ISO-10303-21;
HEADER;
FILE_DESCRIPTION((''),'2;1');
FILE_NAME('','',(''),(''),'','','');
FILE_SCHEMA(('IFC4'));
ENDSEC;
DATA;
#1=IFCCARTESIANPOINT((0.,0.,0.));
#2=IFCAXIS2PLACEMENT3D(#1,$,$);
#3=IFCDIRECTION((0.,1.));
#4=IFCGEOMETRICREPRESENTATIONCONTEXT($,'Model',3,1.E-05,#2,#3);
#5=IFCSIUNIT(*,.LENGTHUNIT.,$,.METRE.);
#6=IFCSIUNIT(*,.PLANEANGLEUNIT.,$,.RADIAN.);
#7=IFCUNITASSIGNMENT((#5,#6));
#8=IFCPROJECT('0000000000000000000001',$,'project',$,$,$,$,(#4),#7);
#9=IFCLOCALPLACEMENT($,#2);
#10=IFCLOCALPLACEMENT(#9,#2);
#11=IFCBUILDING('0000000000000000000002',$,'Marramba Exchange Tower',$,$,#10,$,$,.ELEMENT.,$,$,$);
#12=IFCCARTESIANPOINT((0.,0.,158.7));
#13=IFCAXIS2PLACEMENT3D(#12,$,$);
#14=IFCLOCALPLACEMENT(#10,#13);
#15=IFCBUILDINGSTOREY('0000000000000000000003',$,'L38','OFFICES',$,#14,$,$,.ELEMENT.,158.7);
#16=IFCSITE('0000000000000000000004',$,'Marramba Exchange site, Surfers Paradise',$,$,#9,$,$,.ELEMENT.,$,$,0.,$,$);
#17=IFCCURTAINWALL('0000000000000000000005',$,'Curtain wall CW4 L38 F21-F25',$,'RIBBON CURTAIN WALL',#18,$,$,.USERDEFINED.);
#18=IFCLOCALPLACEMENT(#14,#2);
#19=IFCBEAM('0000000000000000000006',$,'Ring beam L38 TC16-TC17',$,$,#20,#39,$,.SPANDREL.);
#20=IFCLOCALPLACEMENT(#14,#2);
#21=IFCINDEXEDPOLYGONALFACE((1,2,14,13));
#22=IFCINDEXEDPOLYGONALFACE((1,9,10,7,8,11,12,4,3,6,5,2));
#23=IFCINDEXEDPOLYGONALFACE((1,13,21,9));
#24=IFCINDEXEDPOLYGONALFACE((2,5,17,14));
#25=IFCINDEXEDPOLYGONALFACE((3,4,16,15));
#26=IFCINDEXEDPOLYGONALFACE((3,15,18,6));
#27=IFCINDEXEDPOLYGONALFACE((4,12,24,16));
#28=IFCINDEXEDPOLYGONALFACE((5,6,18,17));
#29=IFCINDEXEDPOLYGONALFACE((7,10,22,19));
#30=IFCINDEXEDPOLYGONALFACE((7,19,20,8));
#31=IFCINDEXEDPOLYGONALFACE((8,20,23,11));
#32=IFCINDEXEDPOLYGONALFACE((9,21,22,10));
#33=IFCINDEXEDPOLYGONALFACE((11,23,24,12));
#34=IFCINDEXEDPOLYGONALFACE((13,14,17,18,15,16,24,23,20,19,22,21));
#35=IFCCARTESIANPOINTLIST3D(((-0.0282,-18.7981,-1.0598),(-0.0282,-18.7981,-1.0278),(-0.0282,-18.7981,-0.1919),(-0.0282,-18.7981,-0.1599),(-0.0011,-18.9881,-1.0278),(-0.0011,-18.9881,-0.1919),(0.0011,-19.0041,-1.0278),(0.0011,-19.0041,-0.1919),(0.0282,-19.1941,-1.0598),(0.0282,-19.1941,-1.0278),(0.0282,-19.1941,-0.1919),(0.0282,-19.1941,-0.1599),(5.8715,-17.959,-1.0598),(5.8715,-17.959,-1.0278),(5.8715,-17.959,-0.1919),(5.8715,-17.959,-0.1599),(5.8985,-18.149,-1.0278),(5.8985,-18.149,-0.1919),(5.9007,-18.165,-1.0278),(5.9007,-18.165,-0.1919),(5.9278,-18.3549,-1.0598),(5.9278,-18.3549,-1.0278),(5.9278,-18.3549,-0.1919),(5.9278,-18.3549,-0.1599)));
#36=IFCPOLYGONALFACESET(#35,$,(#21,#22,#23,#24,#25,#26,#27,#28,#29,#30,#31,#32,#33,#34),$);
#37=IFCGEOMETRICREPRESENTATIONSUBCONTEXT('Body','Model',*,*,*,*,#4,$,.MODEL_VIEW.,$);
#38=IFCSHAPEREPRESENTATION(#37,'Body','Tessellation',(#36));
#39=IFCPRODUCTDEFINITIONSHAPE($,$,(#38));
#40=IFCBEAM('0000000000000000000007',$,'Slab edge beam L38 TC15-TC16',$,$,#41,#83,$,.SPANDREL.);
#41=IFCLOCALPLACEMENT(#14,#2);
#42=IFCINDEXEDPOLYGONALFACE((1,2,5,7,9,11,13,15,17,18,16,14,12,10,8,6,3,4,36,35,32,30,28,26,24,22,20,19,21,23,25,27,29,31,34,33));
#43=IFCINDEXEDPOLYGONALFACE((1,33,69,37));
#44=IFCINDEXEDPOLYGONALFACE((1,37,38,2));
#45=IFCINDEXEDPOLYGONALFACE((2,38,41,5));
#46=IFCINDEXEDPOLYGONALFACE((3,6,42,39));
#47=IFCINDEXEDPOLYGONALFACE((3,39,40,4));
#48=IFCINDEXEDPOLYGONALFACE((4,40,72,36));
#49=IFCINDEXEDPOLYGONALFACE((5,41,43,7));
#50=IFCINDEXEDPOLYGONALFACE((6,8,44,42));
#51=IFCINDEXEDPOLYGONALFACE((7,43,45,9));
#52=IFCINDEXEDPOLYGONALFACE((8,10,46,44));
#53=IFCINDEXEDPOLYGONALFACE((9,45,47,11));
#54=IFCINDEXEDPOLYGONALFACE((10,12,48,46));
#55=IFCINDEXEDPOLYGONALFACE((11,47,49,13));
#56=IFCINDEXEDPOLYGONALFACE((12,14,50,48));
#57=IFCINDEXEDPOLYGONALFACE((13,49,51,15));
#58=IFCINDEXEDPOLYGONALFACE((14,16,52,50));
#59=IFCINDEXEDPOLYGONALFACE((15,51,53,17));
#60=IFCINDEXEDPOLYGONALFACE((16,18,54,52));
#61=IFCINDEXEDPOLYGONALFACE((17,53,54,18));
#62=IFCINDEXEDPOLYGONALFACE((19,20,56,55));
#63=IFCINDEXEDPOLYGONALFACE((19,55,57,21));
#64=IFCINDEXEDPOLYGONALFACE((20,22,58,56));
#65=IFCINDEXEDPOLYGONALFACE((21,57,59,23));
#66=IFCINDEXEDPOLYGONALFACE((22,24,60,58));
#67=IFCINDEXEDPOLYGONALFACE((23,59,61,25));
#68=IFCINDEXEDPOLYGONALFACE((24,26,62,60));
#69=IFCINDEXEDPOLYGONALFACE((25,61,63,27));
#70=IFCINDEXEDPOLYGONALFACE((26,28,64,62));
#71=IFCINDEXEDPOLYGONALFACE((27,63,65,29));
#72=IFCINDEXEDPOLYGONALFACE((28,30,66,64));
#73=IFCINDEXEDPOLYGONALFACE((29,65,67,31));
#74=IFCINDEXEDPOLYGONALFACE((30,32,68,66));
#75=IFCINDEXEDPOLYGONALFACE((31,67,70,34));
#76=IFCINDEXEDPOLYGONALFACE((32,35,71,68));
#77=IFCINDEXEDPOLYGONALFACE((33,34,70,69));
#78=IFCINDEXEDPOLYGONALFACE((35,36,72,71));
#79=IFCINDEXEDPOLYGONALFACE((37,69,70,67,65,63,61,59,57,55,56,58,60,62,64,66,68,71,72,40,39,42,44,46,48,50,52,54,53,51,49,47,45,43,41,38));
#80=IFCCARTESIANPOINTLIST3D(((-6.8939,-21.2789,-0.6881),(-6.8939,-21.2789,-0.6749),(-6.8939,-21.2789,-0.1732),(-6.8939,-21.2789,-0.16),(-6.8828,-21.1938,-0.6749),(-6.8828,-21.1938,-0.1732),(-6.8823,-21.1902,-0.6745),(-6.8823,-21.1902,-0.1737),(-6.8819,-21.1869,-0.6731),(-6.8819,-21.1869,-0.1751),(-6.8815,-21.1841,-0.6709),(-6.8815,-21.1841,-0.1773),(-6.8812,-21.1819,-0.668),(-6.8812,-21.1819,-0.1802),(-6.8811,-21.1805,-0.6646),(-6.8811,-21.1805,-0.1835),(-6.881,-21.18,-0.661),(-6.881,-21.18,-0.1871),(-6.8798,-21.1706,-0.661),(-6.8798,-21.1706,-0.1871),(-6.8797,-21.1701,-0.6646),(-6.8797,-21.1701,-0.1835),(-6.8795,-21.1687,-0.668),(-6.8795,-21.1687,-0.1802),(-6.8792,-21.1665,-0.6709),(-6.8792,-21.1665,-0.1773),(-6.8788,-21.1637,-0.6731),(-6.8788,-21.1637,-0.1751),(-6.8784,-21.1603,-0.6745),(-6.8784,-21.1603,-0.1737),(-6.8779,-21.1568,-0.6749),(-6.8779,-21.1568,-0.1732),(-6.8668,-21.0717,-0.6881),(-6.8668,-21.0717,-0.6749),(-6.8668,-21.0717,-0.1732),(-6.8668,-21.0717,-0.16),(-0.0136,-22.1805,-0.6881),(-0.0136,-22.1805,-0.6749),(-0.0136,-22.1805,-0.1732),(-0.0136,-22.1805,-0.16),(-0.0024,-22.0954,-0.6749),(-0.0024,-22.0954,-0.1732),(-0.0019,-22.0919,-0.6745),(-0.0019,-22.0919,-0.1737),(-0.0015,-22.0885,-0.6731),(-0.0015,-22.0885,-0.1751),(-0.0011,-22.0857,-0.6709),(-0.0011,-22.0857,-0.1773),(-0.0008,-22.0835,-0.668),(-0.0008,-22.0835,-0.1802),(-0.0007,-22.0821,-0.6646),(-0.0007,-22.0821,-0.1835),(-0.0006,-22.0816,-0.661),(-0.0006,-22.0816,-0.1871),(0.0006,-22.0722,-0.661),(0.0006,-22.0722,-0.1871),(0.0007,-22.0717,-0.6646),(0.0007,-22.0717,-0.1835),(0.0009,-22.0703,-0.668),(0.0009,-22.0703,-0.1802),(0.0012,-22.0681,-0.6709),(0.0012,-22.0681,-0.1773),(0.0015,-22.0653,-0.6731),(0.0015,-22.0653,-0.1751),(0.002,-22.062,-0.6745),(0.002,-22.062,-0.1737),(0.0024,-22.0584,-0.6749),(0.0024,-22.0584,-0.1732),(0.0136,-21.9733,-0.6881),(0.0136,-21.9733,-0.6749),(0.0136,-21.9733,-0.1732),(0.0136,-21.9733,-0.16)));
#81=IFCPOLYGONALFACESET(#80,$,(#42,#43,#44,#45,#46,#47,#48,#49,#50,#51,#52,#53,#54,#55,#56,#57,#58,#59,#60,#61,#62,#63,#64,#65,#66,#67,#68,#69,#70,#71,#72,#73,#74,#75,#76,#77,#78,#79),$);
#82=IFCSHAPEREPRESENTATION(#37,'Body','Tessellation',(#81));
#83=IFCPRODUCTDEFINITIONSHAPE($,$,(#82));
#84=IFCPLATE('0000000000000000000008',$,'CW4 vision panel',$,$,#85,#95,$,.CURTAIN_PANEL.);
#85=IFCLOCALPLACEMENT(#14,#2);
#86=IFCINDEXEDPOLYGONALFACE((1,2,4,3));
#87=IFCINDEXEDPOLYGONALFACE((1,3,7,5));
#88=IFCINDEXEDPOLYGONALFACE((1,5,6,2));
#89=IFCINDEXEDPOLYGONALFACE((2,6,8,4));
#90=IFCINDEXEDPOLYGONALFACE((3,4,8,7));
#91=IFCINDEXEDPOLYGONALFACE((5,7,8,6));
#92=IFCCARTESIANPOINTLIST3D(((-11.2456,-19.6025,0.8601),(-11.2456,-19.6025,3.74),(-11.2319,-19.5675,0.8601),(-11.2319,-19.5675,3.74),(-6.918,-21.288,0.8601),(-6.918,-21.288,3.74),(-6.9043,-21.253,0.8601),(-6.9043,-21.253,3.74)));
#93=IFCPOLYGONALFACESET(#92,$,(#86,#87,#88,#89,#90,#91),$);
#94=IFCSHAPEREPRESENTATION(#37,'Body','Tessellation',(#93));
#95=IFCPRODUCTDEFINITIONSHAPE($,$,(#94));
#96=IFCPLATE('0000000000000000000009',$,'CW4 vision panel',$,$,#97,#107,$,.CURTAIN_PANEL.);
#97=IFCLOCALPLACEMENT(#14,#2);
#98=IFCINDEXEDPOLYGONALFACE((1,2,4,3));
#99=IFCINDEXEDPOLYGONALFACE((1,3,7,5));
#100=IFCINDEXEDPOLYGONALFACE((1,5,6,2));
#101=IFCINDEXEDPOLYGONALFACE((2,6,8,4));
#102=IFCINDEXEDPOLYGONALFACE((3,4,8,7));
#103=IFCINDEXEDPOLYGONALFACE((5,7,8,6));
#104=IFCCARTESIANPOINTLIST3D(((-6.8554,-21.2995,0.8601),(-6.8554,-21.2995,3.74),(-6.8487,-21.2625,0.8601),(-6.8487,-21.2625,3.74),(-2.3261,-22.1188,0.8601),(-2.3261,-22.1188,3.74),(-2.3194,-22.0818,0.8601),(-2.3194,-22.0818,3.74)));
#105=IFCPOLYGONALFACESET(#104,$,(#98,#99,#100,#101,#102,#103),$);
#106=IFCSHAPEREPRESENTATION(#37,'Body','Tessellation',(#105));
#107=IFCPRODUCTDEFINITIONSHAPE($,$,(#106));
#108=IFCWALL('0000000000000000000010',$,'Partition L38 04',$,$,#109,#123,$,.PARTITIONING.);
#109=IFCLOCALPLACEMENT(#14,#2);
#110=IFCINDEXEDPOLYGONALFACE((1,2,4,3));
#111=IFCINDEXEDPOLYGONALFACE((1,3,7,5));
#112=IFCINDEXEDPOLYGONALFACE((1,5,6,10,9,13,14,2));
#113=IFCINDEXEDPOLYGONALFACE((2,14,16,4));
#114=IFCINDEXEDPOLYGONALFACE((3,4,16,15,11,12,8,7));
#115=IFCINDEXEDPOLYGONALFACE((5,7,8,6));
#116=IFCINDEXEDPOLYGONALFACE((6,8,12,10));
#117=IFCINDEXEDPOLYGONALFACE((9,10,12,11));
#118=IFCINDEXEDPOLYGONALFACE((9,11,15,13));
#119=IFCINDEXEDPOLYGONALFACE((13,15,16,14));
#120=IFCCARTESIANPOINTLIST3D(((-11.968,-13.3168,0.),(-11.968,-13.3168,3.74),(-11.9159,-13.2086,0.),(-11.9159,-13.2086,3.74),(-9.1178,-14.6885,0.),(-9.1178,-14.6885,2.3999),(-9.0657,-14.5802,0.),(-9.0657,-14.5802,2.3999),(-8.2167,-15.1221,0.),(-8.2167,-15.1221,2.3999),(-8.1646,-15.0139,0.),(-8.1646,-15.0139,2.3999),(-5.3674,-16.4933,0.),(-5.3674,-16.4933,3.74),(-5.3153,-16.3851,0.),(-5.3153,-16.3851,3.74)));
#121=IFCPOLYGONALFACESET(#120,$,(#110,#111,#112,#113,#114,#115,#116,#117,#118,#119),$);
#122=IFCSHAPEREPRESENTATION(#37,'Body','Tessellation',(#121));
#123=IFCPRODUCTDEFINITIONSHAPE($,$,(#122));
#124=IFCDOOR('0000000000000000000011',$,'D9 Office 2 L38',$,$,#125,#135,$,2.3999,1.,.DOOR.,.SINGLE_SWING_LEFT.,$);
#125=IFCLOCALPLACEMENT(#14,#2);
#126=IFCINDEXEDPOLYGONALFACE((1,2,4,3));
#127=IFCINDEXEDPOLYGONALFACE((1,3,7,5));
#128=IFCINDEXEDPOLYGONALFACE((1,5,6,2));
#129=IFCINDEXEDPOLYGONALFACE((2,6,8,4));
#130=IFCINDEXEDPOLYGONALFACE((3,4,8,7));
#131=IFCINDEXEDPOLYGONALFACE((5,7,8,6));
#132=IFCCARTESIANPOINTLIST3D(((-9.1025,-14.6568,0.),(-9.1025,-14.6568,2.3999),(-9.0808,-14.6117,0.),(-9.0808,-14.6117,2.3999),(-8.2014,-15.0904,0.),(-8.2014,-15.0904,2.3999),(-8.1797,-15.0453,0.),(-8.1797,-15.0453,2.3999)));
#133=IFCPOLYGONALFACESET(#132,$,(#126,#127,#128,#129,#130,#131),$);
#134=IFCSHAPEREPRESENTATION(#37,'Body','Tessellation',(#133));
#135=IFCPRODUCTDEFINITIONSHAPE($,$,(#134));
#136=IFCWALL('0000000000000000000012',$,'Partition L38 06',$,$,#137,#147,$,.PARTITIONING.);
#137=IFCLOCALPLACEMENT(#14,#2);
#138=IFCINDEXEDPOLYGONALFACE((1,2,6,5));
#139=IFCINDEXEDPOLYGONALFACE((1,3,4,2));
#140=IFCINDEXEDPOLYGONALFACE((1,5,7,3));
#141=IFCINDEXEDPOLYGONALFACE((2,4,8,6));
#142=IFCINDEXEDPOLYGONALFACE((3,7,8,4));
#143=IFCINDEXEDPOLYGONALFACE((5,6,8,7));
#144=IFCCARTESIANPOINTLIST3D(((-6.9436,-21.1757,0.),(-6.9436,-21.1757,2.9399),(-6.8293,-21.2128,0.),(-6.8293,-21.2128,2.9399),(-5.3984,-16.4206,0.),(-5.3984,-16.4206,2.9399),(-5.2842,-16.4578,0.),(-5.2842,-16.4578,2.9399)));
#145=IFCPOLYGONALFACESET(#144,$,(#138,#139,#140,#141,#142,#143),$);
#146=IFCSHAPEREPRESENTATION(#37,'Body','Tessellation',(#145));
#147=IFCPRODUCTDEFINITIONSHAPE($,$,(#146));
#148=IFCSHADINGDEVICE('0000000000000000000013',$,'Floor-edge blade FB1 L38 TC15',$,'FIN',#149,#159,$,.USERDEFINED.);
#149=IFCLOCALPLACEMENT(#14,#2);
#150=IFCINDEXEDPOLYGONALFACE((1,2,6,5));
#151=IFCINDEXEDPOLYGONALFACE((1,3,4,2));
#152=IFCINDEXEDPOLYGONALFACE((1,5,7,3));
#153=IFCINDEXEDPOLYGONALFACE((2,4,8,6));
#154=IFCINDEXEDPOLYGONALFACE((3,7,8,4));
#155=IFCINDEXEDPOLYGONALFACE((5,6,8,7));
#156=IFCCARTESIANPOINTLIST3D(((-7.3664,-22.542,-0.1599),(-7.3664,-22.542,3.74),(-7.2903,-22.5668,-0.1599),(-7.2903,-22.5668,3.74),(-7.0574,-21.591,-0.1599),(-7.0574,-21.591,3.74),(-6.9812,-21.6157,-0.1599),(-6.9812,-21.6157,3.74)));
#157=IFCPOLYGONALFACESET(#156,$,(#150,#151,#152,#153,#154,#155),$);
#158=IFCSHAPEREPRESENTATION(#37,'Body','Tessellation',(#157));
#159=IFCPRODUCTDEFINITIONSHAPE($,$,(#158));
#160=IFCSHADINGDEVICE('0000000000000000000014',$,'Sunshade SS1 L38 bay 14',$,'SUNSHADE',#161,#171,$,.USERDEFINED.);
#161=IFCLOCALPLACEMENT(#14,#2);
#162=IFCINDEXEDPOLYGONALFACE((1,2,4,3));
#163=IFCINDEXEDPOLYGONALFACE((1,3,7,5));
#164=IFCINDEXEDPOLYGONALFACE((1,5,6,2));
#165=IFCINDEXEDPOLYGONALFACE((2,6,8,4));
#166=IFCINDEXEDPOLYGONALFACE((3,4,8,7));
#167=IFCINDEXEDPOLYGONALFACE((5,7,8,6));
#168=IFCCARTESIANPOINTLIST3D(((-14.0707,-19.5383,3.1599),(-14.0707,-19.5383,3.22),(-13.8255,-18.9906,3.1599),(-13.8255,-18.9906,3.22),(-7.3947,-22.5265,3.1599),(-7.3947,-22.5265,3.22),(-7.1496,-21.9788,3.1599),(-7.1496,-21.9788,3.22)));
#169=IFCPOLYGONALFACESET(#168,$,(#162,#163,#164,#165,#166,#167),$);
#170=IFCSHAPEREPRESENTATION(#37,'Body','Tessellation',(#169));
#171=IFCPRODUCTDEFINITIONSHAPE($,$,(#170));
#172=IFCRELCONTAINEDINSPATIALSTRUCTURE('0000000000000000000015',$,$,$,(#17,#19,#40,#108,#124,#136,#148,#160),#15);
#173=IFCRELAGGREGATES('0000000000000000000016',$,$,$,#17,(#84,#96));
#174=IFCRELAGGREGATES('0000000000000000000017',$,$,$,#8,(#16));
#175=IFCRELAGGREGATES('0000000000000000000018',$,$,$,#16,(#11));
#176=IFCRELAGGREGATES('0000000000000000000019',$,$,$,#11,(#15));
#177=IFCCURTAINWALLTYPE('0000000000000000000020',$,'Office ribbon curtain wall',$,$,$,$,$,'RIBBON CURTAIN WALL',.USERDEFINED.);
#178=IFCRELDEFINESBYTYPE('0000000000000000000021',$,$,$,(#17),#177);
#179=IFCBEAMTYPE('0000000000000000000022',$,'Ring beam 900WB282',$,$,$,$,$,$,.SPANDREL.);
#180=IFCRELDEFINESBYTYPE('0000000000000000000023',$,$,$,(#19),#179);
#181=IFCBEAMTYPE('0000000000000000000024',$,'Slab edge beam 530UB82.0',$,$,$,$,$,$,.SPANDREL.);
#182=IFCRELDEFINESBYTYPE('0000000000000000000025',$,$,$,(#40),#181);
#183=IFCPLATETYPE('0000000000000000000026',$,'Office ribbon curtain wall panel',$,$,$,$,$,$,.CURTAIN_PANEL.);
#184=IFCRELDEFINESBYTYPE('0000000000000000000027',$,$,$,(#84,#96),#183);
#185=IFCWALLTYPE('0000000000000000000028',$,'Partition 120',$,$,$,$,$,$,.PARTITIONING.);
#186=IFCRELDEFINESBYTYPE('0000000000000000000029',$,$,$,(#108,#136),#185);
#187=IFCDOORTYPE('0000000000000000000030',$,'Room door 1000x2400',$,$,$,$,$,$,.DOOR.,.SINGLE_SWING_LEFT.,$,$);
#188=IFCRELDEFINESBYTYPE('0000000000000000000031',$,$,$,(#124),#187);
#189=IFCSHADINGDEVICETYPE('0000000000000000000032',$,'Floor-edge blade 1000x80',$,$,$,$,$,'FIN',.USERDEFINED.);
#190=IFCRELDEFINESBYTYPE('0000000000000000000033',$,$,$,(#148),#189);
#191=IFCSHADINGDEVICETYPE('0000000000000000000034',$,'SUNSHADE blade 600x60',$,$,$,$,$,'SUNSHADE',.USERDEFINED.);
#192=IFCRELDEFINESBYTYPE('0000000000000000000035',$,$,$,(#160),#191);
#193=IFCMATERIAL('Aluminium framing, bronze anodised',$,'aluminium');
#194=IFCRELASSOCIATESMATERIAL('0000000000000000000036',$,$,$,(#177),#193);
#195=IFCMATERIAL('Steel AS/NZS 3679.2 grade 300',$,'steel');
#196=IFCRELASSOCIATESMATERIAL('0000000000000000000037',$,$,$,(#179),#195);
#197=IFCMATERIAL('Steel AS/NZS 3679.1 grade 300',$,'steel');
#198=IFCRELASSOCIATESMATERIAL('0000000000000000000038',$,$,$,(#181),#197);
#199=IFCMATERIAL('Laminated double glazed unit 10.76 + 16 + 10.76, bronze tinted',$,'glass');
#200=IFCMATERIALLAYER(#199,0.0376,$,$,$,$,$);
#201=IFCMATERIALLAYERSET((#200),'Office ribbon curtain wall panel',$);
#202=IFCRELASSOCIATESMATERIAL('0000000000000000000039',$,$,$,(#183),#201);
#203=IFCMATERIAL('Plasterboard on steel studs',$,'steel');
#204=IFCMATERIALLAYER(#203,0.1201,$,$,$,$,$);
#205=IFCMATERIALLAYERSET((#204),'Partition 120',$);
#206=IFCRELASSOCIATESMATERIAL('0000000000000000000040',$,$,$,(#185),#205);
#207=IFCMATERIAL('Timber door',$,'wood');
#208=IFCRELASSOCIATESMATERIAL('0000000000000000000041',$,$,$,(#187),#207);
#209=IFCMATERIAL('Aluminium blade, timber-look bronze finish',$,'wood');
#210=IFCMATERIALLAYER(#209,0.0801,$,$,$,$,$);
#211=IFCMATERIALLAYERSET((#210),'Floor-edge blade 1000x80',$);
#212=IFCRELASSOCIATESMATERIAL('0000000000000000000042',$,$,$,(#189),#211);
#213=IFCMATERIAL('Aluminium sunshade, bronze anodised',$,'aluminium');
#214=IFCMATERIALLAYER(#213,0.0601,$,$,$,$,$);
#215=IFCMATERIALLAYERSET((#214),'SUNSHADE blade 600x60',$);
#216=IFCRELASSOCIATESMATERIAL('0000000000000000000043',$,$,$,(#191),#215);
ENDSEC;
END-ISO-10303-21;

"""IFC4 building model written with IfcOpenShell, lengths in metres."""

from ifc_helpers import new_model, si_unit, direction, frame, frame_2d, origin, origin_2d, place, context, subcontext, project, spatial, rectangle, i_section, extrude, material, layer, layer_set, material_profile, profile_set, type_object, element, fill, aggregate, save


model = new_model("IFC4")

# Units and contexts
model_context = context("Model", 3, precision=1e-05, world=origin(), true_north=direction((0.0, 1.0)))
body_context = subcontext(model_context, "Body", "Model", "MODEL_VIEW")
ifc_project = project(units=[si_unit("LENGTHUNIT", "METRE"), si_unit("PLANEANGLEUNIT", "RADIAN")], contexts=[model_context])

# Site, building, storey
site_placement = place(None, origin())
site = spatial("IfcSite", under=ifc_project, at=site_placement, Name="Marramba Exchange site, Surfers Paradise", CompositionType="ELEMENT", RefElevation=0.0)
building_placement = place(site_placement, origin())
building = spatial("IfcBuilding", under=site, at=building_placement, Name="Marramba Exchange Tower", CompositionType="ELEMENT")
storey_placement = place(building_placement, frame((0.0, 0.0, 158.7)))
storey = spatial("IfcBuildingStorey", under=building, at=storey_placement, Name="L38", Description="OFFICES", CompositionType="ELEMENT", Elevation=158.7)

# Shared definitions
ifc_material_1 = material(Name="Steel AS/NZS 3679.2 grade 300", Category="steel")

# Curtain wall
ifc_material_2 = material(Name="Aluminium framing, bronze anodised", Category="aluminium")
curtain_wall_type = type_object("IfcCurtainWallType", Name="Office ribbon curtain wall", ElementType="RIBBON CURTAIN WALL", PredefinedType="USERDEFINED", material=ifc_material_2)
curtain_wall_placement = place(storey_placement, origin())
curtain_wall = element("IfcCurtainWall", 1, at=curtain_wall_placement, inside=storey, type_object=curtain_wall_type, Name="Curtain wall CW4 L38 F21-F25", ObjectType="RIBBON CURTAIN WALL", PredefinedType="USERDEFINED")

# Beams
ifc_material_profile_1 = material_profile(ifc_material_1, i_section(OverallWidth=0.3999, OverallDepth=0.8999, WebThickness=0.0161, FlangeThickness=0.032, at=origin_2d()), Name="900WB282")
ifc_profile_set_1 = profile_set([ifc_material_profile_1], Name="Steel AS/NZS 3679.2 grade 300")
beam_type_1 = type_object("IfcBeamType", Name="Ring beam 900WB282", PredefinedType="SPANDREL", material=ifc_profile_set_1)
for number, where, z_axis, x_axis, name in (
    (2, (0.0, -18.9961, -0.6099), (0.990036, 0.140813, 0.0), (-0.140813, 0.990036, 0.0), "Ring beam L38 TC16-TC17"),
):
    element("IfcBeam", number, at=place(storey_placement, frame(where, z_axis=z_axis, x_axis=x_axis)), inside=storey, type_object=beam_type_1, Name=name, PredefinedType="SPANDREL", context=body_context, shape_type="SweptSolid", body=[
        extrude(i_section(OverallWidth=0.3999, OverallDepth=0.8999, WebThickness=0.0161, FlangeThickness=0.032, at=origin_2d()), origin(), (0.0, 0.0, 1.0), 5.959),
    ])
ifc_material_3 = material(Name="Steel AS/NZS 3679.1 grade 300", Category="steel")
ifc_material_profile_2 = material_profile(ifc_material_3, i_section(OverallWidth=0.209, OverallDepth=0.5281, WebThickness=0.0095, FlangeThickness=0.0132, FilletRadius=0.0139, at=origin_2d()), Name="530UB82.0")
ifc_profile_set_2 = profile_set([ifc_material_profile_2], Name="Steel AS/NZS 3679.1 grade 300")
beam_type_2 = type_object("IfcBeamType", Name="Slab edge beam 530UB82.0", PredefinedType="SPANDREL", material=ifc_profile_set_2)
beam_1_placement = place(storey_placement, frame((-6.8804, -21.1753, -0.4241), z_axis=(0.991523, -0.12993, 0.0), x_axis=(0.12993, 0.991523, 0.0)))
element("IfcBeam", 3, at=beam_1_placement, inside=storey, type_object=beam_type_2, Name="Slab edge beam L38 TC15-TC16", PredefinedType="SPANDREL", context=body_context, shape_type="SweptSolid", body=[
    extrude(i_section(OverallWidth=0.209, OverallDepth=0.5281, WebThickness=0.0095, FlangeThickness=0.0132, FilletRadius=0.0139, at=origin_2d()), origin(), (0.0, 0.0, 1.0), 6.9392),
])

# Plates
ifc_material_4 = material(Name="Laminated double glazed unit 10.76 + 16 + 10.76, bronze tinted", Category="glass")
ifc_layer_1 = layer(ifc_material_4, 0.0376)
ifc_layer_set_1 = layer_set([ifc_layer_1], Name="Office ribbon curtain wall panel")
plate_type = type_object("IfcPlateType", Name="Office ribbon curtain wall panel", PredefinedType="CURTAIN_PANEL", material=ifc_layer_set_1)
plate_1_placement = place(storey_placement, frame((-9.075, -20.4277, 0.8601), z_axis=(0.0, 0.0, 1.0), x_axis=(0.931818, -0.362925, 0.0)))
plate_1 = element("IfcPlate", 4, at=plate_1_placement, type_object=plate_type, Name="CW4 vision panel", PredefinedType="CURTAIN_PANEL", context=body_context, shape_type="SweptSolid", body=[
    extrude(rectangle(XDim=4.6443, YDim=0.0376, at=origin_2d()), origin(), (0.0, 0.0, 1.0), 2.8799),
])
plate_2_placement = place(storey_placement, frame((-4.5874, -21.6907, 0.8601), z_axis=(0.0, 0.0, 1.0), x_axis=(0.984032, -0.177992, 0.0)))
plate_2 = element("IfcPlate", 5, at=plate_2_placement, type_object=plate_type, Name="CW4 vision panel", PredefinedType="CURTAIN_PANEL", context=body_context, shape_type="SweptSolid", body=[
    extrude(rectangle(XDim=4.6028, YDim=0.0376, at=origin_2d()), origin(), (0.0, 0.0, 1.0), 2.8799),
])
aggregate(curtain_wall, [plate_1, plate_2])

# Wall, opening, door
ifc_material_5 = material(Name="Plasterboard on steel studs", Category="steel")
ifc_layer_2 = layer(ifc_material_5, 0.1201)
ifc_layer_set_2 = layer_set([ifc_layer_2], Name="Partition 120")
wall_type = type_object("IfcWallType", Name="Partition 120", PredefinedType="PARTITIONING", material=ifc_layer_set_2)
wall_1_placement = place(storey_placement, frame((-5.3413, -16.4392, 0.0), z_axis=(0.0, 0.0, 1.0), x_axis=(-0.901084, 0.433644, 0.0)))
wall_1 = element("IfcWall", 6, at=wall_1_placement, inside=storey, type_object=wall_type, Name="Partition L38 04", PredefinedType="PARTITIONING", context=body_context, shape_type="SweptSolid", body=[
    extrude(rectangle(XDim=7.3252, YDim=0.1201, at=frame_2d((3.6626, 0.0))), origin(), (0.0, 0.0, 1.0), 3.74),
])
opening_placement = place(wall_1_placement, frame((3.1621, 0.0, 0.0)))
opening = element("IfcOpeningElement", 7, at=opening_placement, cuts=wall_1, PredefinedType="OPENING", context=body_context, shape_type="SweptSolid", body=[
    extrude(rectangle(XDim=1.0, YDim=2.3999, at=frame_2d((0.5, 1.2))), frame((0.0, 0.0701, 0.0), z_axis=(0.0, -1.0, 0.0), x_axis=(1.0, 0.0, 0.0)), (0.0, 0.0, 1.0), 0.1401),
])
ifc_material_6 = material(Name="Timber door", Category="wood")
door_type = type_object("IfcDoorType", Name="Room door 1000x2400", OperationType="SINGLE_SWING_LEFT", PredefinedType="DOOR", material=ifc_material_6)
door_placement = place(opening_placement, origin())
door = element("IfcDoor", 8, at=door_placement, inside=storey, type_object=door_type, Name="D9 Office 2 L38", OperationType="SINGLE_SWING_LEFT", OverallHeight=2.3999, OverallWidth=1.0, PredefinedType="DOOR", context=body_context, shape_type="SweptSolid", body=[
    extrude(rectangle(XDim=1.0, YDim=2.3999, at=frame_2d((0.5, 1.2))), frame((0.0, 0.0249, 0.0), z_axis=(0.0, -1.0, 0.0), x_axis=(1.0, 0.0, 0.0)), (0.0, 0.0, 1.0), 0.05),
])
fill(opening, door)

# Wall
wall_2_placement = place(storey_placement, frame((-6.8865, -21.1943, 0.0), z_axis=(0.0, 0.0, 1.0), x_axis=(0.309041, 0.951049, 0.0)))
element("IfcWall", 9, at=wall_2_placement, inside=storey, type_object=wall_type, Name="Partition L38 06", PredefinedType="PARTITIONING", context=body_context, shape_type="SweptSolid", body=[
    extrude(rectangle(XDim=4.9998, YDim=0.1201, at=frame_2d((2.5, 0.0))), origin(), (0.0, 0.0, 1.0), 2.9399),
])

# Shading devices
ifc_material_7 = material(Name="Aluminium blade, timber-look bronze finish", Category="wood")
ifc_layer_3 = layer(ifc_material_7, 0.0801)
ifc_layer_set_3 = layer_set([ifc_layer_3], Name="Floor-edge blade 1000x80")
shading_device_type_1 = type_object("IfcShadingDeviceType", Name="Floor-edge blade 1000x80", ElementType="FIN", PredefinedType="USERDEFINED", material=ifc_layer_set_3)
shading_device_1_placement = place(storey_placement, frame((-7.1738, -22.0789, -0.1599), z_axis=(0.0, 0.0, 1.0), x_axis=(-0.309017, -0.951057, 0.0)))
element("IfcShadingDevice", 10, at=shading_device_1_placement, inside=storey, type_object=shading_device_type_1, Name="Floor-edge blade FB1 L38 TC15", ObjectType="FIN", PredefinedType="USERDEFINED", context=body_context, shape_type="SweptSolid", body=[
    extrude(rectangle(XDim=1.0, YDim=0.0801, at=origin_2d()), origin(), (0.0, 0.0, 1.0), 3.8999),
])
ifc_material_8 = material(Name="Aluminium sunshade, bronze anodised", Category="aluminium")
ifc_layer_4 = layer(ifc_material_8, 0.0601)
ifc_layer_set_4 = layer_set([ifc_layer_4], Name="SUNSHADE blade 600x60")
shading_device_type_2 = type_object("IfcShadingDeviceType", Name="SUNSHADE blade 600x60", ElementType="SUNSHADE", PredefinedType="USERDEFINED", material=ifc_layer_set_4)
shading_device_2_placement = place(storey_placement, frame((-10.6101, -20.7585, 3.1599), z_axis=(0.0, 0.0, 1.0), x_axis=(0.912736, -0.40855, 0.0)))
element("IfcShadingDevice", 11, at=shading_device_2_placement, inside=storey, type_object=shading_device_type_2, Name="Sunshade SS1 L38 bay 14", ObjectType="SUNSHADE", PredefinedType="USERDEFINED", context=body_context, shape_type="SweptSolid", body=[
    extrude(rectangle(XDim=7.3142, YDim=0.6001, at=origin_2d()), origin(), (0.0, 0.0, 1.0), 0.0601),
])

save(model, "model.ifc")
